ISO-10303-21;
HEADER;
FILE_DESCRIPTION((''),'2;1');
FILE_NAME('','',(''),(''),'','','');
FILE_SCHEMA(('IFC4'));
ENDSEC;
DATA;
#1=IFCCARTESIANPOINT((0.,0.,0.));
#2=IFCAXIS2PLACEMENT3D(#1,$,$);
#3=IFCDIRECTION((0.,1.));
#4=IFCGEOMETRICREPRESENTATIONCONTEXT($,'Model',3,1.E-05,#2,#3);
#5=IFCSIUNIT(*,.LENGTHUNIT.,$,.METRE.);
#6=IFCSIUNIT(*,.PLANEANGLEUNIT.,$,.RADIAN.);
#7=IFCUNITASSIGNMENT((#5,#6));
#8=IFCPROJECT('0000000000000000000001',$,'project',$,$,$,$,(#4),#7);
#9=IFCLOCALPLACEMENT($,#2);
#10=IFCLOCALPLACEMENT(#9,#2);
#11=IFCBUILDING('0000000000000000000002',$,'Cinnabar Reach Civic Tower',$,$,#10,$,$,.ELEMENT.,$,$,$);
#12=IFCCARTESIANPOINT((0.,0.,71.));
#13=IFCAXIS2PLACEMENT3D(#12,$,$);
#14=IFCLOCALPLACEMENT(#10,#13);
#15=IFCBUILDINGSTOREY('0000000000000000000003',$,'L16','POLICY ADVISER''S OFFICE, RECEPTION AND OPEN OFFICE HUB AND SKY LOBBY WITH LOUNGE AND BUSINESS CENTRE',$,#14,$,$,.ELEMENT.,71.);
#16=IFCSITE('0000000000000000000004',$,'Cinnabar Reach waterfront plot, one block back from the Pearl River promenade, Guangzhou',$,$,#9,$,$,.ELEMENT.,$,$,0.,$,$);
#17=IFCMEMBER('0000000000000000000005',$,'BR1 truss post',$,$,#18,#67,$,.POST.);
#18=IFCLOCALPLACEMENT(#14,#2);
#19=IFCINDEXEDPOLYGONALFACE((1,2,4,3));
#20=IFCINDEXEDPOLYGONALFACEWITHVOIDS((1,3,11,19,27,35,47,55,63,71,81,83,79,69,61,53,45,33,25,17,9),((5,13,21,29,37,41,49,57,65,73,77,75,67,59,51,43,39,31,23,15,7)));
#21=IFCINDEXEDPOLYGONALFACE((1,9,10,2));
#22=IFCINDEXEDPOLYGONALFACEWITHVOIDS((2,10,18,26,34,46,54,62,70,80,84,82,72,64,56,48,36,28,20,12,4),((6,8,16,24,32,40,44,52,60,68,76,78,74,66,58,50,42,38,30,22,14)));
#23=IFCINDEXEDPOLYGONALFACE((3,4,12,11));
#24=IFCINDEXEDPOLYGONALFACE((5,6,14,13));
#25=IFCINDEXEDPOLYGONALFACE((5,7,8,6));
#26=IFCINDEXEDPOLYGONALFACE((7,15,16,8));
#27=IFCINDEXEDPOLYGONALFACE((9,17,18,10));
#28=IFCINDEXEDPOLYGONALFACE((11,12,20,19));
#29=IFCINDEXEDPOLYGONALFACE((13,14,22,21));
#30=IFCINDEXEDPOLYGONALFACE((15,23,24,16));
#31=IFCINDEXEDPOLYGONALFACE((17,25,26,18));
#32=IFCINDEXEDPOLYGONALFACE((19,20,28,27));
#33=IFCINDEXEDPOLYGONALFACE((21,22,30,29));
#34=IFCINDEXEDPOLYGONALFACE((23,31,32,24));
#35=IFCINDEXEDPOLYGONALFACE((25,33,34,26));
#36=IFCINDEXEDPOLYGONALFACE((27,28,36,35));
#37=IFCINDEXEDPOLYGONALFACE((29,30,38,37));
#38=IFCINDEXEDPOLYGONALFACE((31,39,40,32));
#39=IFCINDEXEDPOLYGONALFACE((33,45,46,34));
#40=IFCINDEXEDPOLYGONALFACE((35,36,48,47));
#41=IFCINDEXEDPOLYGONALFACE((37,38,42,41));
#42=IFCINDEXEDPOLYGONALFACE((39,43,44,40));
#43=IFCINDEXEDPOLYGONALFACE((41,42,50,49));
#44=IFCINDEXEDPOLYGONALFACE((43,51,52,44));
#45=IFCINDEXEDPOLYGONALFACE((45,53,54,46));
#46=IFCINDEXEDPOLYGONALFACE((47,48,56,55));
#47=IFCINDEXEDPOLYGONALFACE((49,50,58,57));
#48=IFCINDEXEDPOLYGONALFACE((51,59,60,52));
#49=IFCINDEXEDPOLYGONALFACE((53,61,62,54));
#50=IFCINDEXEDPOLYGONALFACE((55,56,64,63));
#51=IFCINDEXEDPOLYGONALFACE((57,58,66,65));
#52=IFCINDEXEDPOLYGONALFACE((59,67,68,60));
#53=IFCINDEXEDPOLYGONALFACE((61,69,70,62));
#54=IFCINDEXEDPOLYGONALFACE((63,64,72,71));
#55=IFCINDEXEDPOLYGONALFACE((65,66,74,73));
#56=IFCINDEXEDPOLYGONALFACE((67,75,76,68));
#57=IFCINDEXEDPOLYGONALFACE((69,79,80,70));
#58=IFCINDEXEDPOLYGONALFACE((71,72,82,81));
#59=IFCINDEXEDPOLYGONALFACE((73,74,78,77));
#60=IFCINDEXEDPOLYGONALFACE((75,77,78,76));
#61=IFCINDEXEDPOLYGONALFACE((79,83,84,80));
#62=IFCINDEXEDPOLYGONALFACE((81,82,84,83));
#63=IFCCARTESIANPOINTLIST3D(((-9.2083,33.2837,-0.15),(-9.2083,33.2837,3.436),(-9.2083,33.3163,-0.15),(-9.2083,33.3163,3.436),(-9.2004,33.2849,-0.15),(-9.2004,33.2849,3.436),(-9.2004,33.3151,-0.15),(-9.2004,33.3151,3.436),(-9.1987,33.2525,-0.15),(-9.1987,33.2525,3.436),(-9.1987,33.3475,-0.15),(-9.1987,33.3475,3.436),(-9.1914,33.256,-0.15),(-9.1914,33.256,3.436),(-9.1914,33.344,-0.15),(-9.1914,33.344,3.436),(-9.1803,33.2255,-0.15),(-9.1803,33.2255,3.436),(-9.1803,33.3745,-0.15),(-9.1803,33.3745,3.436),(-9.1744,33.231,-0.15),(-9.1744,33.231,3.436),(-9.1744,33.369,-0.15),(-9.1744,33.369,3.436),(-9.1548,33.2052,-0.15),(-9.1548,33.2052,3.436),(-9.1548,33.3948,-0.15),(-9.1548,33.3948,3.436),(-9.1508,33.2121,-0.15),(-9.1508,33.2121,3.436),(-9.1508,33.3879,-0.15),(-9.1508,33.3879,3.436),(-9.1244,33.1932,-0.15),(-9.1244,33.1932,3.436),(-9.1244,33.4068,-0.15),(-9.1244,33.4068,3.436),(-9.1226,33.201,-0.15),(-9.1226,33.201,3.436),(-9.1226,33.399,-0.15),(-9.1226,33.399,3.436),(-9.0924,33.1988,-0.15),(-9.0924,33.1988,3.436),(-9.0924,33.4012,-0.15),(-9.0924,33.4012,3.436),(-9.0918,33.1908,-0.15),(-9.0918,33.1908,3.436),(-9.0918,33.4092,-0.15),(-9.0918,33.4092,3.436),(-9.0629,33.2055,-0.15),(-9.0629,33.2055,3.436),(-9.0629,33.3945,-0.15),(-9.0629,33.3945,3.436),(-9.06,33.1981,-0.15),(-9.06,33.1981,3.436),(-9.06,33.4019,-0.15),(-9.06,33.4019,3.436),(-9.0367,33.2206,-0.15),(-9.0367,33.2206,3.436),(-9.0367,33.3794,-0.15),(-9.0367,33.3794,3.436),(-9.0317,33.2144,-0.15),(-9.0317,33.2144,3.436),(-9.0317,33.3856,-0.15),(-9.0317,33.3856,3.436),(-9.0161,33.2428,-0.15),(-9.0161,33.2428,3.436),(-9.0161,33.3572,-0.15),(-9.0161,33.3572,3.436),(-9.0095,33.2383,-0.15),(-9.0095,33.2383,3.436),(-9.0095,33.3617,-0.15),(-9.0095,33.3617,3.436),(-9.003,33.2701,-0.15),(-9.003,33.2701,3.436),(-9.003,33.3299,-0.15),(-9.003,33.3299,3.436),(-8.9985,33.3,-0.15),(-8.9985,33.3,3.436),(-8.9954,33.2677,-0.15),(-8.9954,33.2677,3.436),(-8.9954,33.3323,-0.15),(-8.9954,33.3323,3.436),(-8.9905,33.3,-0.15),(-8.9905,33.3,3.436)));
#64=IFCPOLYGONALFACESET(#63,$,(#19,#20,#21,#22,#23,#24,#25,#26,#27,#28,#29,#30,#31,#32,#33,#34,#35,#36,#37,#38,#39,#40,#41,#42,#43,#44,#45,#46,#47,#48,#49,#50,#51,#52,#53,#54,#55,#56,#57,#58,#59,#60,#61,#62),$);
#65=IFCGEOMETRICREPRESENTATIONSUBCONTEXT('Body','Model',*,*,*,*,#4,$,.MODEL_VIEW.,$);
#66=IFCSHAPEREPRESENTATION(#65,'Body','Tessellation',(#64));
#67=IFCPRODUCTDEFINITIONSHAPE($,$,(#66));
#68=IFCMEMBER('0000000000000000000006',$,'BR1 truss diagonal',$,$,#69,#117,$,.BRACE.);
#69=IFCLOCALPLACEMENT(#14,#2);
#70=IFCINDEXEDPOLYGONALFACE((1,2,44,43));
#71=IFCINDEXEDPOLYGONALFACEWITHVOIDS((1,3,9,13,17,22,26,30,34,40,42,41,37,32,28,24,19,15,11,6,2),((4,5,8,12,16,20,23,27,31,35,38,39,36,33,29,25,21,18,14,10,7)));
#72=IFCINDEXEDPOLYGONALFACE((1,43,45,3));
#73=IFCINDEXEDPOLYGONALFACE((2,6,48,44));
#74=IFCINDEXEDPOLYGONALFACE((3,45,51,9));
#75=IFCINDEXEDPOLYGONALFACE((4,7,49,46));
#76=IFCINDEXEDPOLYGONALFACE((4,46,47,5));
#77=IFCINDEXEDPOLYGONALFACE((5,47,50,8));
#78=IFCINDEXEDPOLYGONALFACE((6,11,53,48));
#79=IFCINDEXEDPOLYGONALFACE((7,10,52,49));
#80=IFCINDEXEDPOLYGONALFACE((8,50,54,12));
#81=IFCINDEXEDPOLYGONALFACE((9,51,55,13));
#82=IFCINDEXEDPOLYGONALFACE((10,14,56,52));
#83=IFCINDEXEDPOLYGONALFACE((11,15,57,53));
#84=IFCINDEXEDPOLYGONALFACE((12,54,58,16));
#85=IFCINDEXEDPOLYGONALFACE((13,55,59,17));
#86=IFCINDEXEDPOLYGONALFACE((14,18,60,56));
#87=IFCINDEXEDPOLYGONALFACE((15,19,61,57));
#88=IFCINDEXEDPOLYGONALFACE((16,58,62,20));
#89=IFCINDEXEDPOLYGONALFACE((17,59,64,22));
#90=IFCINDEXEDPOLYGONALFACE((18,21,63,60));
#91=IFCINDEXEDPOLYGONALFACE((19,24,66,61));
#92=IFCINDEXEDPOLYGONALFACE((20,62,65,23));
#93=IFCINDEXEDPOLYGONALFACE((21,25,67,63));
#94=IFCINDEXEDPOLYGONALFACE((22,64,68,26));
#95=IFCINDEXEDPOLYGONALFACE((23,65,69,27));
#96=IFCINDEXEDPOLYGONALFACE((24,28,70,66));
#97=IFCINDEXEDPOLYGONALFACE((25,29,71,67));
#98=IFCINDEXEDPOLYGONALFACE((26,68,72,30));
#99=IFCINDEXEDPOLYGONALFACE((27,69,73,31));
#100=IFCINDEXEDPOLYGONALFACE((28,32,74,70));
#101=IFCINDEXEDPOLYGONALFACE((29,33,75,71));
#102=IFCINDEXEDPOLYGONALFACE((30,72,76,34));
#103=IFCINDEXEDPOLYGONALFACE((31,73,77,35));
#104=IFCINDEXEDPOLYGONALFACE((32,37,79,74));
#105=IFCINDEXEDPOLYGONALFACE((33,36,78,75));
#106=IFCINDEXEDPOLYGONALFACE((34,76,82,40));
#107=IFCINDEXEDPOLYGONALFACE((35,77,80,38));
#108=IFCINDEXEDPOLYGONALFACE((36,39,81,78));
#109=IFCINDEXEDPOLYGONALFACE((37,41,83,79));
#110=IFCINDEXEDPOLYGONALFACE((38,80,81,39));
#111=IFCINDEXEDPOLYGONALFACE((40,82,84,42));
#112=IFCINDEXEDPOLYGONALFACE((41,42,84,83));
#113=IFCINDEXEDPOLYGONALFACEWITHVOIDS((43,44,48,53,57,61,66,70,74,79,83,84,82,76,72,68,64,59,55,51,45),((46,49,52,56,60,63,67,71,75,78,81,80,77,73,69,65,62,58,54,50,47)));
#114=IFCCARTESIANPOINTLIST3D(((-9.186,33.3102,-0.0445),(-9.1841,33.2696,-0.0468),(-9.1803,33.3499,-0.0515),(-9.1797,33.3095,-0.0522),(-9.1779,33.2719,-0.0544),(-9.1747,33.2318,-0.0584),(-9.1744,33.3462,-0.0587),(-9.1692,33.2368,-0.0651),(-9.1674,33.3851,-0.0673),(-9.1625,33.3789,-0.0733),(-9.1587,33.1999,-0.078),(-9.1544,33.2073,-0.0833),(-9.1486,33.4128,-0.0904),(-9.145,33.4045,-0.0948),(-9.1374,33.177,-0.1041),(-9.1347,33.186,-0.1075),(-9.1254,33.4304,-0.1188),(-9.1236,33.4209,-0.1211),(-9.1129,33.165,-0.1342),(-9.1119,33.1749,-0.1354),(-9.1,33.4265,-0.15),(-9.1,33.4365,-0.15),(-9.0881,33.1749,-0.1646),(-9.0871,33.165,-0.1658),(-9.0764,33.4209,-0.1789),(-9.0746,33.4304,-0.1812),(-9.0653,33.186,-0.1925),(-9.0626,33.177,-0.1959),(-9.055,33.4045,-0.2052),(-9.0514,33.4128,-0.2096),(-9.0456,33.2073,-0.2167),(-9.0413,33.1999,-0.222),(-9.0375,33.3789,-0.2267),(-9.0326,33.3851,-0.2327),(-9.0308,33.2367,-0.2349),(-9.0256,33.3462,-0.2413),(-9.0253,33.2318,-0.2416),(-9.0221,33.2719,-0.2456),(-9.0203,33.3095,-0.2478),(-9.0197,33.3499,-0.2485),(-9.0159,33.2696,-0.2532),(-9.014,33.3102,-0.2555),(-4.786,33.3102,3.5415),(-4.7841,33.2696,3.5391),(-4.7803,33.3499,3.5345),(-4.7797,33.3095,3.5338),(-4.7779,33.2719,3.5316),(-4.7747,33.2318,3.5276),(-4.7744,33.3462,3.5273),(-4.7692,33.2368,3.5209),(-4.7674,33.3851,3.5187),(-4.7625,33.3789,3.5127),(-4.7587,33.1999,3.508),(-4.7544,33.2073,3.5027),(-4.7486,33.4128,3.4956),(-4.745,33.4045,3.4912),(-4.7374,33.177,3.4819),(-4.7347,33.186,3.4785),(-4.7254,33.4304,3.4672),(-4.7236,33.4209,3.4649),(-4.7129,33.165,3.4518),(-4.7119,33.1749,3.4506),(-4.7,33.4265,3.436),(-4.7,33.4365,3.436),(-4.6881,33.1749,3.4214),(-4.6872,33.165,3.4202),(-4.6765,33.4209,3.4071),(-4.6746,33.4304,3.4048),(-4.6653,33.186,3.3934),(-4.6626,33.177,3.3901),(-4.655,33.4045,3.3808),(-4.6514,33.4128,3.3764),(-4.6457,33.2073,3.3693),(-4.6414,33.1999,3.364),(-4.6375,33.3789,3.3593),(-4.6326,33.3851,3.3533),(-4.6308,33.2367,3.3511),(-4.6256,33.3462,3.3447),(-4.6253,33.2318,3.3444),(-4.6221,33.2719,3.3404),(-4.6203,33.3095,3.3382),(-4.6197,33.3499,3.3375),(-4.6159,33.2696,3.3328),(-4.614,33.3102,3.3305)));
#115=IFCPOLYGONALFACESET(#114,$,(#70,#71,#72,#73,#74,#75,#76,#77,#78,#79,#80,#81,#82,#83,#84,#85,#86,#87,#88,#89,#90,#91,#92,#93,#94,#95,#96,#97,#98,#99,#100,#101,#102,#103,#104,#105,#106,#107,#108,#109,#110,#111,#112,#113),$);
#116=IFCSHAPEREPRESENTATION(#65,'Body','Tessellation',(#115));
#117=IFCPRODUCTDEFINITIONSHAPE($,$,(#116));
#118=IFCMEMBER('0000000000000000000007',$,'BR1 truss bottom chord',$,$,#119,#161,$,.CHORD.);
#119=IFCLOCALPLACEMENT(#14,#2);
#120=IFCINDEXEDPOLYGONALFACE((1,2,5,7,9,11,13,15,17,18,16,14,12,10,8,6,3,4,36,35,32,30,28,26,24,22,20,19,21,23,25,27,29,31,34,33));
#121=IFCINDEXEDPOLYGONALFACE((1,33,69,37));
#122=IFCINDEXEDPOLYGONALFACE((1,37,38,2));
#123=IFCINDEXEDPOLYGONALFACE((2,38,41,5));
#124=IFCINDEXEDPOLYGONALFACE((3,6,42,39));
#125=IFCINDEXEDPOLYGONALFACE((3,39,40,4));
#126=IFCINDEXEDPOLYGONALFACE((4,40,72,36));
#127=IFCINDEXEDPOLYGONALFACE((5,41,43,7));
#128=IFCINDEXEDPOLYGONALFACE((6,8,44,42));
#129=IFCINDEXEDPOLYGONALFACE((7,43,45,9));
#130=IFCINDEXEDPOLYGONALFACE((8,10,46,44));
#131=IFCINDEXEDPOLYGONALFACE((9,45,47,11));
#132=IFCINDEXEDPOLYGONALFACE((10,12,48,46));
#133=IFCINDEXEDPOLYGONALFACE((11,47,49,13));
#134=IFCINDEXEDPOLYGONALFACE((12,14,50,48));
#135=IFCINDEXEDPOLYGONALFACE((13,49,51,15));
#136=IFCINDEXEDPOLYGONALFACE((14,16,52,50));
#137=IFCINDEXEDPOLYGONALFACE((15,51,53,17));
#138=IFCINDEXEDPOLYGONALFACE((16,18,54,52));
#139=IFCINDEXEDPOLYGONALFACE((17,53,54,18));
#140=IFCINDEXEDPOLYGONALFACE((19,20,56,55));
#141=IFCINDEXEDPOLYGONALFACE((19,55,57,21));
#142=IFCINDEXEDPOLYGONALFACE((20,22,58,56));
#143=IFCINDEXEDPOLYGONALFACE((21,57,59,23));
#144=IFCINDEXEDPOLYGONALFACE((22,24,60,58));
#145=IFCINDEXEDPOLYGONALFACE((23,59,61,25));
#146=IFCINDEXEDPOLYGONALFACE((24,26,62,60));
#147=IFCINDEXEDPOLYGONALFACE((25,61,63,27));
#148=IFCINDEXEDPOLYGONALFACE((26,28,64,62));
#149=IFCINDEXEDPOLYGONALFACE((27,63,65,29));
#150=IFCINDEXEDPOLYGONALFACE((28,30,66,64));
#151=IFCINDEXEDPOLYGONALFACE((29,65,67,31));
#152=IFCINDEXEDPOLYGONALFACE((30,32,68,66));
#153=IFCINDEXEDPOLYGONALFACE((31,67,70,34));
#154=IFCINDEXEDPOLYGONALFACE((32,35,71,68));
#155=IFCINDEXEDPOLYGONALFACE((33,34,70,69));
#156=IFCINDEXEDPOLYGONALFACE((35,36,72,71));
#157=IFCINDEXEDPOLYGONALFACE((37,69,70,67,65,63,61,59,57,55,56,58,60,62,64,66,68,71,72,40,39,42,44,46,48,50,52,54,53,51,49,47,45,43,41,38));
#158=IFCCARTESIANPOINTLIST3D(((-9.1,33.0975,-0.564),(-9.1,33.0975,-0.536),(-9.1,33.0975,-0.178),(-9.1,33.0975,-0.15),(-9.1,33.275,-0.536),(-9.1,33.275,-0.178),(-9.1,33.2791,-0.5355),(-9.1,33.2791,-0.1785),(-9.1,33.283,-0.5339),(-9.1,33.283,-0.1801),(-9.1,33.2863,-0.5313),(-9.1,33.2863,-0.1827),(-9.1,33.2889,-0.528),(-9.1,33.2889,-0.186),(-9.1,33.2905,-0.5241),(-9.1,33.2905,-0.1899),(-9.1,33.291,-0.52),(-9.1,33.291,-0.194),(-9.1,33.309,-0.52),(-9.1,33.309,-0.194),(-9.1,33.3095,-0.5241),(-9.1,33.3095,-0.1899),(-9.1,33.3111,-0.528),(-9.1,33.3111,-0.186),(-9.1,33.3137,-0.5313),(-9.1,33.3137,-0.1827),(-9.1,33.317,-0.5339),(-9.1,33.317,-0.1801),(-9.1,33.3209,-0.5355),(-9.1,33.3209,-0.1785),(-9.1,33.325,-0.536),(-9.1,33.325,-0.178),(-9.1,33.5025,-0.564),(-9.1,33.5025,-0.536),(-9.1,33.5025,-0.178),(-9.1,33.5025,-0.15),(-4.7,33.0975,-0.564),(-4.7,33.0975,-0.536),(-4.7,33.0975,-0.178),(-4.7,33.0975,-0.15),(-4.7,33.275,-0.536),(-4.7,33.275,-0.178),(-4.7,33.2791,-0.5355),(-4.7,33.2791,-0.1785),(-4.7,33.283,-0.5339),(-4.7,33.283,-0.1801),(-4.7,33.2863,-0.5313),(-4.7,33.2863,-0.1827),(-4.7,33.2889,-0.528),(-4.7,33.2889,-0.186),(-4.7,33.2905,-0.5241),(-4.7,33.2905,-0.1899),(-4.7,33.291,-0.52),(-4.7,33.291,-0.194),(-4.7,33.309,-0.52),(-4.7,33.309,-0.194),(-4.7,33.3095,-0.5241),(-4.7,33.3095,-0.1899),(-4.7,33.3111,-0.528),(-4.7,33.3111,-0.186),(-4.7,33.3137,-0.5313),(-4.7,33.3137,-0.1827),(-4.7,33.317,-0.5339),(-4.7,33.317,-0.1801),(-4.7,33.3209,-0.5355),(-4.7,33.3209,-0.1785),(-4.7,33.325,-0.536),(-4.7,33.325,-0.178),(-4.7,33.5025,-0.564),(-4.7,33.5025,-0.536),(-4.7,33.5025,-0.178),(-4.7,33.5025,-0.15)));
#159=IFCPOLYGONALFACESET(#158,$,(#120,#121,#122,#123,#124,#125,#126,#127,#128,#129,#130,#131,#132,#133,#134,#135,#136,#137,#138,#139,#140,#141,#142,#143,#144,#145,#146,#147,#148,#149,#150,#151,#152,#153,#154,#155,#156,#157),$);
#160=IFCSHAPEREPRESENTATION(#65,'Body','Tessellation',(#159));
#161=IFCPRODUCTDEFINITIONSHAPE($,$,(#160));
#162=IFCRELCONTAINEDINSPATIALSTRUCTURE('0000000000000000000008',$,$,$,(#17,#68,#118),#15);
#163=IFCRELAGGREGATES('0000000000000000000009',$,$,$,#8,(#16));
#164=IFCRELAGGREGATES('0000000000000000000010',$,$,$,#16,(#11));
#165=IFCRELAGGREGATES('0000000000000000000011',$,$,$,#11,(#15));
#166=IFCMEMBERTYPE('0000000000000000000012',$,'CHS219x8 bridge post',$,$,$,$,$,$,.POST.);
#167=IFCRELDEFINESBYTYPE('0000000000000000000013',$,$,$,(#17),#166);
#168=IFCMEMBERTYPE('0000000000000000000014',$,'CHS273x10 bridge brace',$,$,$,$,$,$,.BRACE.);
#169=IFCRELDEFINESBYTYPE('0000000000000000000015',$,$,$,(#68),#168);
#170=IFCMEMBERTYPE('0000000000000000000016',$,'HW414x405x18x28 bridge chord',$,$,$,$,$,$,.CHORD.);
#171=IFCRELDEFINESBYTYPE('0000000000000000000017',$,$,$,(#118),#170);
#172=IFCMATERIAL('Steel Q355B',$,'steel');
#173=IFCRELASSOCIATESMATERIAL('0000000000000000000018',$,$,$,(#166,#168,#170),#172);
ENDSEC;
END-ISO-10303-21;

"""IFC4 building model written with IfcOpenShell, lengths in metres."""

from ifc_helpers import new_model, si_unit, direction, frame, origin, origin_2d, place, context, subcontext, project, spatial, hollow_circle, i_section, extrude, material, material_profile, profile_set, type_object, element, save


model = new_model("IFC4")

# Units and contexts
model_context = context("Model", 3, precision=1e-05, world=origin(), true_north=direction((0.0, 1.0)))
body_context = subcontext(model_context, "Body", "Model", "MODEL_VIEW")
ifc_project = project(units=[si_unit("LENGTHUNIT", "METRE"), si_unit("PLANEANGLEUNIT", "RADIAN")], contexts=[model_context])

# Site, building, storey
site_placement = place(None, origin())
site = spatial("IfcSite", under=ifc_project, at=site_placement, Name="Cinnabar Reach waterfront plot, one block back from the Pearl River promenade, Guangzhou", CompositionType="ELEMENT", RefElevation=0.0)
building_placement = place(site_placement, origin())
building = spatial("IfcBuilding", under=site, at=building_placement, Name="Cinnabar Reach Civic Tower", CompositionType="ELEMENT")
storey_placement = place(building_placement, frame((0.0, 0.0, 71.0)))
storey = spatial("IfcBuildingStorey", under=building, at=storey_placement, Name="L16", Description="POLICY ADVISER'S OFFICE, RECEPTION AND OPEN OFFICE HUB AND SKY LOBBY WITH LOUNGE AND BUSINESS CENTRE", CompositionType="ELEMENT", Elevation=71.0)

# Members
ifc_material_1 = material(Name="Steel Q355B", Category="steel")
ifc_material_profile_1 = material_profile(ifc_material_1, hollow_circle(Radius=0.1095, WallThickness=0.008, at=origin_2d()), Name="CHS219x8")
ifc_profile_set_1 = profile_set([ifc_material_profile_1], Name="Steel Q355B")
member_type_1 = type_object("IfcMemberType", Name="CHS219x8 bridge post", PredefinedType="POST", material=ifc_profile_set_1)
member_1_placement = place(storey_placement, frame((-9.1, 33.3, -0.15), z_axis=(0.0, 0.0, 1.0), x_axis=(1.0, 0.0, 0.0)))
element("IfcMember", 1, at=member_1_placement, inside=storey, type_object=member_type_1, Name="BR1 truss post", PredefinedType="POST", context=body_context, shape_type="SweptSolid", body=[
    extrude(hollow_circle(Radius=0.1095, WallThickness=0.008, at=origin_2d()), origin(), (0.0, 0.0, 1.0), 3.586),
])
ifc_material_profile_2 = material_profile(ifc_material_1, hollow_circle(Radius=0.1365, WallThickness=0.01, at=origin_2d()), Name="CHS273x10")
ifc_profile_set_2 = profile_set([ifc_material_profile_2], Name="Steel Q355B")
member_type_2 = type_object("IfcMemberType", Name="CHS273x10 bridge brace", PredefinedType="BRACE", material=ifc_profile_set_2)
member_2_placement = place(storey_placement, frame((-9.1, 33.3, -0.15), z_axis=(0.775165, 0.0, 0.631759), x_axis=(0.0, 1.0, 0.0)))
element("IfcMember", 2, at=member_2_placement, inside=storey, type_object=member_type_2, Name="BR1 truss diagonal", PredefinedType="BRACE", context=body_context, shape_type="SweptSolid", body=[
    extrude(hollow_circle(Radius=0.1365, WallThickness=0.01, at=origin_2d()), origin(), (0.0, 0.0, 1.0), 5.6762),
])
ifc_material_profile_3 = material_profile(ifc_material_1, i_section(OverallWidth=0.405, OverallDepth=0.414, WebThickness=0.018, FlangeThickness=0.028, FilletRadius=0.016, at=origin_2d()), Name="HW414x405x18x28")
ifc_profile_set_3 = profile_set([ifc_material_profile_3], Name="Steel Q355B")
member_type_3 = type_object("IfcMemberType", Name="HW414x405x18x28 bridge chord", PredefinedType="CHORD", material=ifc_profile_set_3)
for number, where, z_axis, x_axis, name in (
    (3, (-9.1, 33.3, -0.357), (1.0, 0.0, 0.0), (0.0, 1.0, 0.0), "BR1 truss bottom chord"),
):
    element("IfcMember", number, at=place(storey_placement, frame(where, z_axis=z_axis, x_axis=x_axis)), inside=storey, type_object=member_type_3, Name=name, PredefinedType="CHORD", context=body_context, shape_type="SweptSolid", body=[
        extrude(i_section(OverallWidth=0.405, OverallDepth=0.414, WebThickness=0.018, FlangeThickness=0.028, FilletRadius=0.016, at=origin_2d()), origin(), (0.0, 0.0, 1.0), 4.4),
    ])

save(model, "model.ifc")
